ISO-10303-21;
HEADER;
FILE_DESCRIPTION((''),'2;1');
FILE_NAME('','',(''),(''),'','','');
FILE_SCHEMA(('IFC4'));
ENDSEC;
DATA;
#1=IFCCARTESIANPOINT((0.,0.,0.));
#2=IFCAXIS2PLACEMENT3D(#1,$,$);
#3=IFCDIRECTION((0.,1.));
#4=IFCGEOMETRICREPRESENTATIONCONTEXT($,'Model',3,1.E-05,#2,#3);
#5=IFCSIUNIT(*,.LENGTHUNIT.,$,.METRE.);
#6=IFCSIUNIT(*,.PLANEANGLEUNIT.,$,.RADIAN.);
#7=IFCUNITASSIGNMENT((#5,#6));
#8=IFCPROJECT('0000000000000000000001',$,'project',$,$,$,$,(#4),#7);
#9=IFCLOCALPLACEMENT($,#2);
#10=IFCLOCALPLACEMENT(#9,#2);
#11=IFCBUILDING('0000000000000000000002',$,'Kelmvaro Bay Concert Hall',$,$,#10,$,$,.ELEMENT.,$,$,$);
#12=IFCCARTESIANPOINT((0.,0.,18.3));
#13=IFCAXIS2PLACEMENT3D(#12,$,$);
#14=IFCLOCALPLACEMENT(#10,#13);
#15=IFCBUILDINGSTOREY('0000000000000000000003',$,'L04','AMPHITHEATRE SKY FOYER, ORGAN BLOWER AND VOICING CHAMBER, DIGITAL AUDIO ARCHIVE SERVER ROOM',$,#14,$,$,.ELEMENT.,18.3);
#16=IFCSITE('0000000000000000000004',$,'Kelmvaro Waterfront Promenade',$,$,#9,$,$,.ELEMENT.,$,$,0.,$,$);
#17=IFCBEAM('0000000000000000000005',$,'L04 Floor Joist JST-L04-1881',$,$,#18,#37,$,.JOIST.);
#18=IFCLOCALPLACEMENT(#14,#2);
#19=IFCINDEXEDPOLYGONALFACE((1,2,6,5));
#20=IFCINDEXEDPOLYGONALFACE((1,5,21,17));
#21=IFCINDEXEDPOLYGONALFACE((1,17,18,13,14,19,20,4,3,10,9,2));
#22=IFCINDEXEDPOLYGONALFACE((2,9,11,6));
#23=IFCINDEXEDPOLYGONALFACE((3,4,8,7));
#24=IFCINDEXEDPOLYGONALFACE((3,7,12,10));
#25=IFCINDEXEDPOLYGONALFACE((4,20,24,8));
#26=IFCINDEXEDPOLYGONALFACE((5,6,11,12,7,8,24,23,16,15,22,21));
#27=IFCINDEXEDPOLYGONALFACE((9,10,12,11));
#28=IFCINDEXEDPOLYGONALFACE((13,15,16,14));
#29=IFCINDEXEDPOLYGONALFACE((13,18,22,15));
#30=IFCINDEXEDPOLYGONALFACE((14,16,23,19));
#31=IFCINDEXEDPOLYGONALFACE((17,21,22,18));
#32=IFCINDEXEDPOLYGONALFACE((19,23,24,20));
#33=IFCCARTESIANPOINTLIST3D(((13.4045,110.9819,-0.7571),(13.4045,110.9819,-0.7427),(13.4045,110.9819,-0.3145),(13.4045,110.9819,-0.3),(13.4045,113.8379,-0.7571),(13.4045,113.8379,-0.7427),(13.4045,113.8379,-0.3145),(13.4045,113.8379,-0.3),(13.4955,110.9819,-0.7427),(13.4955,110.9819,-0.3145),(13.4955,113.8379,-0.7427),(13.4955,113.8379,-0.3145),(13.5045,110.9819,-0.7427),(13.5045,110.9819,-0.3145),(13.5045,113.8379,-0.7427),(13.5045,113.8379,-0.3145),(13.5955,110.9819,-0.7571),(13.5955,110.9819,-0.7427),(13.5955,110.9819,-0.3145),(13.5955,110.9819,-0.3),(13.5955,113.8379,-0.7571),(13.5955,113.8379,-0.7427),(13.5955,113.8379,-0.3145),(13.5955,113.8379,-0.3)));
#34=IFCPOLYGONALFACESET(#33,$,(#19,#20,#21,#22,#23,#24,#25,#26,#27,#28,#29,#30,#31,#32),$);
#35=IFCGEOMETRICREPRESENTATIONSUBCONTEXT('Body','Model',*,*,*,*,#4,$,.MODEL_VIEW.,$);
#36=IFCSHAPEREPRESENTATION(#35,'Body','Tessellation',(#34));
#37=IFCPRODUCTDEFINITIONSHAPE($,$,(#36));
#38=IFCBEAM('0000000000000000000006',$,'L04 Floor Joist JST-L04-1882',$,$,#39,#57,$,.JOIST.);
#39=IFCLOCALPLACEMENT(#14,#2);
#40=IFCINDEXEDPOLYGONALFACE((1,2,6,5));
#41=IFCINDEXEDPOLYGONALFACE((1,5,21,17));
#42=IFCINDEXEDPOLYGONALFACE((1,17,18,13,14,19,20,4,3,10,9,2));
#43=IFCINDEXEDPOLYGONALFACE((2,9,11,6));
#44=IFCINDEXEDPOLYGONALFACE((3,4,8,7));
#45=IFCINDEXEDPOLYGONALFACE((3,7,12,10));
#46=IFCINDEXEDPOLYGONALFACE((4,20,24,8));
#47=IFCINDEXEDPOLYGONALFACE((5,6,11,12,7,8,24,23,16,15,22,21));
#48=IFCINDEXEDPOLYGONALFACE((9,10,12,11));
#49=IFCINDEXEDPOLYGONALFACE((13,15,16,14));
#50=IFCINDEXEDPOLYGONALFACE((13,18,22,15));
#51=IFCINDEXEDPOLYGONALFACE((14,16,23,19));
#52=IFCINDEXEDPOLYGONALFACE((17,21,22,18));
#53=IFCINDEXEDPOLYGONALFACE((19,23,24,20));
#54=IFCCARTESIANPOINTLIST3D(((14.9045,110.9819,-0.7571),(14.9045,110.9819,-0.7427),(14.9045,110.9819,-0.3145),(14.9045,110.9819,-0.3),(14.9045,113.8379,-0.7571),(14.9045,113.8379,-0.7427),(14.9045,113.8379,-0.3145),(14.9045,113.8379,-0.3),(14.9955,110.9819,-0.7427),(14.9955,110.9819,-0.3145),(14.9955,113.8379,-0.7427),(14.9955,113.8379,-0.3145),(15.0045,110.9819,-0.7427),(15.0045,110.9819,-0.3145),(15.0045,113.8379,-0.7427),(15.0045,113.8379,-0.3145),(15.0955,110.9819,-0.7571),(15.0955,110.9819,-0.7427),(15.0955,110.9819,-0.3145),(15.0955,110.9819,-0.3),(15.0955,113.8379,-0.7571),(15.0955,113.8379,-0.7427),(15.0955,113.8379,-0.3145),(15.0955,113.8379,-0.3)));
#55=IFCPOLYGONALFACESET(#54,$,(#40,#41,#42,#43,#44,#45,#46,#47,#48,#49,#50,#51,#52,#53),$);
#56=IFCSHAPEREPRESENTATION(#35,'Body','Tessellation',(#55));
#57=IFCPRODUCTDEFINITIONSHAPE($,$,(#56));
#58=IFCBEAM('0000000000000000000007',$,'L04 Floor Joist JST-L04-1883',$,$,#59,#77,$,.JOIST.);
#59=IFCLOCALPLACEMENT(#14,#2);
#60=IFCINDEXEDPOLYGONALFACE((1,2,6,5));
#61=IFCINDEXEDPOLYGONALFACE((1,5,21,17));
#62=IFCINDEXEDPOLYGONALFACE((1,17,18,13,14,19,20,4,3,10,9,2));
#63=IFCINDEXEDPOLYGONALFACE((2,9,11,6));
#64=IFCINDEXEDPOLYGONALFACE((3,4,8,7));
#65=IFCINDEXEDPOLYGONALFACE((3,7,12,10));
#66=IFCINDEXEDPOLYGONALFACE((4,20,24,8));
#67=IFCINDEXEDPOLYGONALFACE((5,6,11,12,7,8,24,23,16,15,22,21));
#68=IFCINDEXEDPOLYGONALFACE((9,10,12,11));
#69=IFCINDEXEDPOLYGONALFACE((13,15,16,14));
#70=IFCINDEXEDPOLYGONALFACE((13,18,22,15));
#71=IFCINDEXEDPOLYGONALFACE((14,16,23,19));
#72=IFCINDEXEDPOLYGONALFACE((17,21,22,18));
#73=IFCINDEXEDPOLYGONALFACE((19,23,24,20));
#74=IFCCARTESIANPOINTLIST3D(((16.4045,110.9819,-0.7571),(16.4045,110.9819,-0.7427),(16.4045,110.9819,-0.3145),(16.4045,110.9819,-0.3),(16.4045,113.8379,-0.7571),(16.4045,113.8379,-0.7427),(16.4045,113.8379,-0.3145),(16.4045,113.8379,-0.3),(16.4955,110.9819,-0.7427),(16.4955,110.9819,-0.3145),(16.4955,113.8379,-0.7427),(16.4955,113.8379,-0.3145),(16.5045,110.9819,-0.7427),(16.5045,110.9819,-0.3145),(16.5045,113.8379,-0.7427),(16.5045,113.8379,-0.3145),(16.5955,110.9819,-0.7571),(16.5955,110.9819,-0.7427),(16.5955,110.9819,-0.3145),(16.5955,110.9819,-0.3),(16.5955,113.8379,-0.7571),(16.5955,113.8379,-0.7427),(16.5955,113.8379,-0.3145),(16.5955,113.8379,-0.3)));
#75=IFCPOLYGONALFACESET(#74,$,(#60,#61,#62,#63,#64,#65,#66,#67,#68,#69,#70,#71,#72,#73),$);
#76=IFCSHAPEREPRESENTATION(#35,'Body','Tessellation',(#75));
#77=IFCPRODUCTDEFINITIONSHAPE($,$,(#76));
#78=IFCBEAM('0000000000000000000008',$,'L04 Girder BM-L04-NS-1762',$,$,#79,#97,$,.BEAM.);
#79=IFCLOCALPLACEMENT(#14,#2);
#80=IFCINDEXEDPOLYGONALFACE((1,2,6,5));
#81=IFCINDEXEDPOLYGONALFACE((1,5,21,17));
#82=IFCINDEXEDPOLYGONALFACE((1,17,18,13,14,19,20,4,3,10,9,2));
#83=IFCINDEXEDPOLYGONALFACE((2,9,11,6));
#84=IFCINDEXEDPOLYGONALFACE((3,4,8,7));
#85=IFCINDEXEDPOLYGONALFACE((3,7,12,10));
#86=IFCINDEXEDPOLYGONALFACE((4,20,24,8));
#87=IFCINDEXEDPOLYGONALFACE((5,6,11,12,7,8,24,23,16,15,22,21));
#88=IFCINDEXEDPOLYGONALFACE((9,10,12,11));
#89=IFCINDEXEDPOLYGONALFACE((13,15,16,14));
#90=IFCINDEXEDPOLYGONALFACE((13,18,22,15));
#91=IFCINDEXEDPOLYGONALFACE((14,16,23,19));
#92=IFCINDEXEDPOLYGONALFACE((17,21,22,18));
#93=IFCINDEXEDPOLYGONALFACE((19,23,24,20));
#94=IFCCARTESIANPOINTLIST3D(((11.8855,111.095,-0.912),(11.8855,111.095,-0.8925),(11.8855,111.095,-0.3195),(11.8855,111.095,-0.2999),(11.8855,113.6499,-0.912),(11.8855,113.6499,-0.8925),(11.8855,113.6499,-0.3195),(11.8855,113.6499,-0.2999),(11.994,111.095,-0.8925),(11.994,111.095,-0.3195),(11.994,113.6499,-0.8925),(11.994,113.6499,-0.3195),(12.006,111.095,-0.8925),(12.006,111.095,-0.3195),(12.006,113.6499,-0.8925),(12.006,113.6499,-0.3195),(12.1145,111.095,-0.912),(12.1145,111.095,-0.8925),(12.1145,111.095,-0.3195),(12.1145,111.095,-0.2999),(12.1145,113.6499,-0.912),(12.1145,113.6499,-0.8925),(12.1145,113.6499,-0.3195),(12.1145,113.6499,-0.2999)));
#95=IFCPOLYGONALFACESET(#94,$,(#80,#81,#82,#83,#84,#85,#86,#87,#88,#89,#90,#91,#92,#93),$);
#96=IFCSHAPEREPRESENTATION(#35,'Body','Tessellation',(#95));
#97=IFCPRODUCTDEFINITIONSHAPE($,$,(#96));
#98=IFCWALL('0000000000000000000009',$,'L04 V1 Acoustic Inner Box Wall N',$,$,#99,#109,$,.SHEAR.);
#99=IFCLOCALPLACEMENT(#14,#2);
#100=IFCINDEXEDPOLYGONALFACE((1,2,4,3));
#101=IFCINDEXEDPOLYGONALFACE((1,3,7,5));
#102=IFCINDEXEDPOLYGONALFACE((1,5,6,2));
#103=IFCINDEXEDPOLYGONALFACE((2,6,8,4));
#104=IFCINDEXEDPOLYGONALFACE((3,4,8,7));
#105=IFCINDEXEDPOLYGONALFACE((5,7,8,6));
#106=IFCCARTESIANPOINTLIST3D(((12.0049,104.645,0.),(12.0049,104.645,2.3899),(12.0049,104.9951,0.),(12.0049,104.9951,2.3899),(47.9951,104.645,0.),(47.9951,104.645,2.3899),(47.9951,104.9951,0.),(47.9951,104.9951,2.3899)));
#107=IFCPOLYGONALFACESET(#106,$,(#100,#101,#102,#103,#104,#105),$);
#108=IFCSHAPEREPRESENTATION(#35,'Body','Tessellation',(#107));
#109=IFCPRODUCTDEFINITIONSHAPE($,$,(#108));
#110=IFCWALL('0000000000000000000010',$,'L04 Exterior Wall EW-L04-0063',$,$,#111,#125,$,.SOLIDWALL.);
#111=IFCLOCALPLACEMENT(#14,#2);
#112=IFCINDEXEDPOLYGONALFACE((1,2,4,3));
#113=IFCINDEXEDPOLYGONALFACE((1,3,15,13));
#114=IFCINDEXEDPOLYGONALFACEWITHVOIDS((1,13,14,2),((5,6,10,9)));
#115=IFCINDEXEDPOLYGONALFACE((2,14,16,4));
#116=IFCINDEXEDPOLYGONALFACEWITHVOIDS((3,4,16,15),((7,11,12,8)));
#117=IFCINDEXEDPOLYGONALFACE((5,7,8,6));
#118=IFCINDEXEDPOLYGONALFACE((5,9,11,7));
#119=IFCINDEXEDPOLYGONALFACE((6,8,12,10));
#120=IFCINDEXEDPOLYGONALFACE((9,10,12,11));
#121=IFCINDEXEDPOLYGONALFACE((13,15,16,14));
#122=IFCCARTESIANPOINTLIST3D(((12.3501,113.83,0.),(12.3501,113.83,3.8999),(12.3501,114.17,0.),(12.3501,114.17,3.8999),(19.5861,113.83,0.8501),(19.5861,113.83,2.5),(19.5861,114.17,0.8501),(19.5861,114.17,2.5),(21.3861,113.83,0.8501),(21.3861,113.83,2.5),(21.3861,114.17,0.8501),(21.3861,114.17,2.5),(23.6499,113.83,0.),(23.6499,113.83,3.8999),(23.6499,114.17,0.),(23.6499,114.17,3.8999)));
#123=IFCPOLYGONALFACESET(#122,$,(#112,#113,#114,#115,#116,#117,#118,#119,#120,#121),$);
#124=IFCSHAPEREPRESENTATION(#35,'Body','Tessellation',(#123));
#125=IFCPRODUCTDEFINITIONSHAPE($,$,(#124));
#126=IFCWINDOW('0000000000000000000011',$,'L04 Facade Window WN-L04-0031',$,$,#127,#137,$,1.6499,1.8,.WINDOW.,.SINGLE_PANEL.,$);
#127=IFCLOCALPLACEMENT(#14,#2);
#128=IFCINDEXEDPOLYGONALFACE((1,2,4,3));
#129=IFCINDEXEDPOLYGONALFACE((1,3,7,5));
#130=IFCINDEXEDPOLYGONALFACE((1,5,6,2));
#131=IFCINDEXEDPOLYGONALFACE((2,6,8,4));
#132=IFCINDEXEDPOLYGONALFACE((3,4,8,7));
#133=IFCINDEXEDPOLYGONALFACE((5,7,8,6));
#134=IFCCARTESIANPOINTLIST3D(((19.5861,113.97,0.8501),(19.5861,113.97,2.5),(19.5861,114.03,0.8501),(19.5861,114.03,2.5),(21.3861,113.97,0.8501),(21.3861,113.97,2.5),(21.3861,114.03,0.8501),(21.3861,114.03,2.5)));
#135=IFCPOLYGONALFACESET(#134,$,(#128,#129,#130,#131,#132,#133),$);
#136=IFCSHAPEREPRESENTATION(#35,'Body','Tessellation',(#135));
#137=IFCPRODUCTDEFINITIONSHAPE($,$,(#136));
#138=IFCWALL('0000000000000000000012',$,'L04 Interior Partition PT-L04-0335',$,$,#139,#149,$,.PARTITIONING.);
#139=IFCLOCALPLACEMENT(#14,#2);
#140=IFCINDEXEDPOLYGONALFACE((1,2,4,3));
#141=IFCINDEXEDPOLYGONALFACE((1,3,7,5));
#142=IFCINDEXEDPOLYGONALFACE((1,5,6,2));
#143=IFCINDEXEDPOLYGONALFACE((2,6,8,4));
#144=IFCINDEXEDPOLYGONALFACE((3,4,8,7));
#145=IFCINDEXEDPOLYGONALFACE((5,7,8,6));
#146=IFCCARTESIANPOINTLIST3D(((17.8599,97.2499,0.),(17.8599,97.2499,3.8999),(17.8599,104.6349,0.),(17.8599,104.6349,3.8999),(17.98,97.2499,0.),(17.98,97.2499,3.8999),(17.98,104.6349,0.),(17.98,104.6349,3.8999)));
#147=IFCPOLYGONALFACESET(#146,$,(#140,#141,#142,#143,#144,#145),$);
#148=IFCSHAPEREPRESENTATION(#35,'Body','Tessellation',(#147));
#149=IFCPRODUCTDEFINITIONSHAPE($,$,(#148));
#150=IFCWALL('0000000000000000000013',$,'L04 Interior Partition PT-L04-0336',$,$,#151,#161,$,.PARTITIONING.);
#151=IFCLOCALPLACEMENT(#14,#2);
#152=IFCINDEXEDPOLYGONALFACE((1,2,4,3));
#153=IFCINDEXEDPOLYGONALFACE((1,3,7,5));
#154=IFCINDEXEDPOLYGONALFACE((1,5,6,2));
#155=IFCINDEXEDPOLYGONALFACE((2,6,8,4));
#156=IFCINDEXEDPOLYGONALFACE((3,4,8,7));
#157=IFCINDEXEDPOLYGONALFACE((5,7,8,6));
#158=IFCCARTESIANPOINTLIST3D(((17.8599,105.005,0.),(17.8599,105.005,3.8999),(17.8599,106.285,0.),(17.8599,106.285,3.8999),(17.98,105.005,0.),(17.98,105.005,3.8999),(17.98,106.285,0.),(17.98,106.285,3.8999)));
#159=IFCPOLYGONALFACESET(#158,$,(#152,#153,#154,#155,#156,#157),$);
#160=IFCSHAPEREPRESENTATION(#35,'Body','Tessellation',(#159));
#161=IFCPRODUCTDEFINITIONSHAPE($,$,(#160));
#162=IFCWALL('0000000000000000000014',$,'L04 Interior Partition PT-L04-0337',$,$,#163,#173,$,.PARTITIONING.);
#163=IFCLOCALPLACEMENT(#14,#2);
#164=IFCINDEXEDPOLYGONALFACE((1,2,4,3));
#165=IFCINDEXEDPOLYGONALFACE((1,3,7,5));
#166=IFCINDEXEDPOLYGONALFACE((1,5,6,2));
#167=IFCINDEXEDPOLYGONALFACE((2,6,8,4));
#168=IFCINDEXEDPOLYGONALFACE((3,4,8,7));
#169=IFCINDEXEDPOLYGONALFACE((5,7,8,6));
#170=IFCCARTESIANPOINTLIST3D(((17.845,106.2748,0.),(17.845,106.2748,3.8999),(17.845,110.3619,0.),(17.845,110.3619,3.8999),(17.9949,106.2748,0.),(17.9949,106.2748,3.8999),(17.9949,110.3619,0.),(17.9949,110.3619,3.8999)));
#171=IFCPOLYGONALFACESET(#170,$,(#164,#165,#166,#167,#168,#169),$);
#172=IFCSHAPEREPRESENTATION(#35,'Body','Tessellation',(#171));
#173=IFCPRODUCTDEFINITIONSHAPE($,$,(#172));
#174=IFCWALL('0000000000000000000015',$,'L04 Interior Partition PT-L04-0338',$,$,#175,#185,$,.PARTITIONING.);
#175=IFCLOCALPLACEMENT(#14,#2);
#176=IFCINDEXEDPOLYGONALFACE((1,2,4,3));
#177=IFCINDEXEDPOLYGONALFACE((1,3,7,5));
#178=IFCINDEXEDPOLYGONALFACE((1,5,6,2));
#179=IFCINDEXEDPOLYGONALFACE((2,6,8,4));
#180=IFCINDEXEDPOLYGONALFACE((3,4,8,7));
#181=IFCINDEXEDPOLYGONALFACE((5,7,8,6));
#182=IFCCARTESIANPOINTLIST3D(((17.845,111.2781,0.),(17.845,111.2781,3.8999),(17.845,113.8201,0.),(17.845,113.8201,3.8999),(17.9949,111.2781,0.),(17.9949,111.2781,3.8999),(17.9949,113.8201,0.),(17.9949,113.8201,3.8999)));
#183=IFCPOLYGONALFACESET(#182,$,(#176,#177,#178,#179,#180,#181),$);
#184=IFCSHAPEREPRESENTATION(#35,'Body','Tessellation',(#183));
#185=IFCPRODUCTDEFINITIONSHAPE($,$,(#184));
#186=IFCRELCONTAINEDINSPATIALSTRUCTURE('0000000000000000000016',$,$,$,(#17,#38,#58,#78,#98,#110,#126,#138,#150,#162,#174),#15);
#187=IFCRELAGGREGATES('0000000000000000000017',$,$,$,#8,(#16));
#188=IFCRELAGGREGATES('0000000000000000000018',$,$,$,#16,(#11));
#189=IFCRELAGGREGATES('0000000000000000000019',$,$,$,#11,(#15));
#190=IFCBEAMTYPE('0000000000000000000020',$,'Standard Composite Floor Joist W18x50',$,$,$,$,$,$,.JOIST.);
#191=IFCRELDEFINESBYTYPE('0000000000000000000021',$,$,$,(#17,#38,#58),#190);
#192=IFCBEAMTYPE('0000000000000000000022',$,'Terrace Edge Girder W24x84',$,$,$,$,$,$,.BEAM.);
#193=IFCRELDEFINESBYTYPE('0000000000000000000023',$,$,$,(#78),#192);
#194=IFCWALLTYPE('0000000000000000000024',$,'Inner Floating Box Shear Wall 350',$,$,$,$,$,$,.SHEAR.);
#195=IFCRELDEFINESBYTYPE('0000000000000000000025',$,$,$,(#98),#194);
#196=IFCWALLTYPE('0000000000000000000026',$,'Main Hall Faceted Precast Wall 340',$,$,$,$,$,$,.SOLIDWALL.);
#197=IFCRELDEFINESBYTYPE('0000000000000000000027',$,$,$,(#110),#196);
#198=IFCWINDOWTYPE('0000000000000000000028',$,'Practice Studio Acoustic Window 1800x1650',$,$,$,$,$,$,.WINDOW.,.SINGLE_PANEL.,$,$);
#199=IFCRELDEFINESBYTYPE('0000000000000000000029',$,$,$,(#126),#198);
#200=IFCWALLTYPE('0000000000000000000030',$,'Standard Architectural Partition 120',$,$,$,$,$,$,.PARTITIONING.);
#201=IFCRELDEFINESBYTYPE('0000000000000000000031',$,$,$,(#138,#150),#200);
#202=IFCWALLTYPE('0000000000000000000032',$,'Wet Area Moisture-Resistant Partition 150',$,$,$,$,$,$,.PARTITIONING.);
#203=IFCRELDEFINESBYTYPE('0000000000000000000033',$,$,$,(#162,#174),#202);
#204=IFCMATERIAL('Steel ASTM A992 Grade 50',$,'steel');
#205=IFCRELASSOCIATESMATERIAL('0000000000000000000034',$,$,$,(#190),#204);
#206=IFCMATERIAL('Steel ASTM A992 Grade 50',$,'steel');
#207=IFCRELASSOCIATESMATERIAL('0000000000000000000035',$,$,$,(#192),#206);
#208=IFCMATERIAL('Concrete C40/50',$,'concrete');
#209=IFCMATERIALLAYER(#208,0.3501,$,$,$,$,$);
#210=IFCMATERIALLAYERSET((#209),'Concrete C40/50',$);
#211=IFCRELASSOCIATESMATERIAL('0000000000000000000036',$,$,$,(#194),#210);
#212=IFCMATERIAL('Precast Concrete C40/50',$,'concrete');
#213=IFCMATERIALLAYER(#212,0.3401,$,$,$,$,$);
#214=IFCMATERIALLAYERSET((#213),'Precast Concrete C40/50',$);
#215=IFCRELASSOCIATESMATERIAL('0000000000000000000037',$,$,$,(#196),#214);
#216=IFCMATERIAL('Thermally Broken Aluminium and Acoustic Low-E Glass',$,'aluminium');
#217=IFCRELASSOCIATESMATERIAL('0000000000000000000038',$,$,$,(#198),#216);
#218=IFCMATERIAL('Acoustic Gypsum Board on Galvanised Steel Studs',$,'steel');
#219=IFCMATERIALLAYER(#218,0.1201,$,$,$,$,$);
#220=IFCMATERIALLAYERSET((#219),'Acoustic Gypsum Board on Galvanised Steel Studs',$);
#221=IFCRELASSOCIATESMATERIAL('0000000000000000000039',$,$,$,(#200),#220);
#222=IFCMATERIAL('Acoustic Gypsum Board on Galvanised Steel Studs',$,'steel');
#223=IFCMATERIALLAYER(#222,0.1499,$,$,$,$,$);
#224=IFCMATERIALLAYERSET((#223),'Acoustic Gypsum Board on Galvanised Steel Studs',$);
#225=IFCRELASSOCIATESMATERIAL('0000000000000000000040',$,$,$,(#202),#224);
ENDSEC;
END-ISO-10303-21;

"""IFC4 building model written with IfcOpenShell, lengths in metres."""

from ifc_helpers import new_model, si_unit, direction, frame, frame_2d, origin, origin_2d, place, context, subcontext, project, spatial, rectangle, i_section, extrude, material, layer, layer_set, material_profile, profile_set, type_object, element, fill, save


model = new_model("IFC4")

# Units and contexts
model_context = context("Model", 3, precision=1e-05, world=origin(), true_north=direction((0.0, 1.0)))
body_context = subcontext(model_context, "Body", "Model", "MODEL_VIEW")
ifc_project = project(units=[si_unit("LENGTHUNIT", "METRE"), si_unit("PLANEANGLEUNIT", "RADIAN")], contexts=[model_context])

# Site, building, storey
site_placement = place(None, origin())
site = spatial("IfcSite", under=ifc_project, at=site_placement, Name="Kelmvaro Waterfront Promenade", CompositionType="ELEMENT", RefElevation=0.0)
building_placement = place(site_placement, origin())
building = spatial("IfcBuilding", under=site, at=building_placement, Name="Kelmvaro Bay Concert Hall", CompositionType="ELEMENT")
storey_placement = place(building_placement, frame((0.0, 0.0, 18.3)))
storey = spatial("IfcBuildingStorey", under=building, at=storey_placement, Name="L04", Description="AMPHITHEATRE SKY FOYER, ORGAN BLOWER AND VOICING CHAMBER, DIGITAL AUDIO ARCHIVE SERVER ROOM", CompositionType="ELEMENT", Elevation=18.3)

# Beams
ifc_material_1 = material(Name="Steel ASTM A992 Grade 50", Category="steel")
ifc_material_profile_1 = material_profile(ifc_material_1, i_section(OverallWidth=0.1909, OverallDepth=0.457, WebThickness=0.009, FlangeThickness=0.0144, at=origin_2d()), Name="W18X50")
ifc_profile_set_1 = profile_set([ifc_material_profile_1], Name="Steel ASTM A992 Grade 50")
beam_type_1 = type_object("IfcBeamType", Name="Standard Composite Floor Joist W18x50", PredefinedType="JOIST", material=ifc_profile_set_1)
for number, where, z_axis, x_axis, name in (
    (1, (13.5, 110.9819, -0.5286), (0.0, 1.0, 0.0), (-1.0, 0.0, 0.0), "L04 Floor Joist JST-L04-1881"),
    (2, (15.0, 110.9819, -0.5286), (0.0, 1.0, 0.0), (-1.0, 0.0, 0.0), "L04 Floor Joist JST-L04-1882"),
    (3, (16.5, 110.9819, -0.5286), (0.0, 1.0, 0.0), (-1.0, 0.0, 0.0), "L04 Floor Joist JST-L04-1883"),
):
    element("IfcBeam", number, at=place(storey_placement, frame(where, z_axis=z_axis, x_axis=x_axis)), inside=storey, type_object=beam_type_1, Name=name, PredefinedType="JOIST", context=body_context, shape_type="SweptSolid", body=[
        extrude(i_section(OverallWidth=0.1909, OverallDepth=0.457, WebThickness=0.009, FlangeThickness=0.0144, at=origin_2d()), origin(), (0.0, 0.0, 1.0), 2.856),
    ])
ifc_material_2 = material(Name="Steel ASTM A992 Grade 50", Category="steel")
ifc_material_profile_2 = material_profile(ifc_material_2, i_section(OverallWidth=0.229, OverallDepth=0.6121, WebThickness=0.012, FlangeThickness=0.0195, at=origin_2d()), Name="W24X84")
ifc_profile_set_2 = profile_set([ifc_material_profile_2], Name="Steel ASTM A992 Grade 50")
beam_type_2 = type_object("IfcBeamType", Name="Terrace Edge Girder W24x84", PredefinedType="BEAM", material=ifc_profile_set_2)
beam_1_placement = place(storey_placement, frame((12.0, 111.095, -0.606), z_axis=(0.0, 1.0, 0.0), x_axis=(-1.0, 0.0, 0.0)))
element("IfcBeam", 4, at=beam_1_placement, inside=storey, type_object=beam_type_2, Name="L04 Girder BM-L04-NS-1762", PredefinedType="BEAM", context=body_context, shape_type="SweptSolid", body=[
    extrude(i_section(OverallWidth=0.229, OverallDepth=0.6121, WebThickness=0.012, FlangeThickness=0.0195, at=origin_2d()), origin(), (0.0, 0.0, 1.0), 2.5549),
])

# Wall
ifc_material_3 = material(Name="Concrete C40/50", Category="concrete")
ifc_layer_1 = layer(ifc_material_3, 0.3501)
ifc_layer_set_1 = layer_set([ifc_layer_1], Name="Concrete C40/50")
wall_type_1 = type_object("IfcWallType", Name="Inner Floating Box Shear Wall 350", PredefinedType="SHEAR", material=ifc_layer_set_1)
wall_1_placement = place(storey_placement, frame((12.0049, 104.8201, 0.0), z_axis=(0.0, 0.0, 1.0), x_axis=(1.0, 0.0, 0.0)))
element("IfcWall", 5, at=wall_1_placement, inside=storey, type_object=wall_type_1, Name="L04 V1 Acoustic Inner Box Wall N", PredefinedType="SHEAR", context=body_context, shape_type="SweptSolid", body=[
    extrude(rectangle(XDim=35.9902, YDim=0.3501, at=frame_2d((17.9951, 0.0))), origin(), (0.0, 0.0, 1.0), 2.3899),
])

# Wall, opening, window
ifc_material_4 = material(Name="Precast Concrete C40/50", Category="concrete")
ifc_layer_2 = layer(ifc_material_4, 0.3401)
ifc_layer_set_2 = layer_set([ifc_layer_2], Name="Precast Concrete C40/50")
wall_type_2 = type_object("IfcWallType", Name="Main Hall Faceted Precast Wall 340", PredefinedType="SOLIDWALL", material=ifc_layer_set_2)
wall_2_placement = place(storey_placement, frame((12.3501, 114.0, 0.0), z_axis=(0.0, 0.0, 1.0), x_axis=(1.0, 0.0, 0.0)))
wall_2 = element("IfcWall", 6, at=wall_2_placement, inside=storey, type_object=wall_type_2, Name="L04 Exterior Wall EW-L04-0063", PredefinedType="SOLIDWALL", context=body_context, shape_type="SweptSolid", body=[
    extrude(rectangle(XDim=11.2998, YDim=0.3401, at=frame_2d((5.6499, 0.0))), origin(), (0.0, 0.0, 1.0), 3.8999),
])
opening_1_placement = place(wall_2_placement, frame((7.2361, 0.0, 0.8501)))
opening_1 = element("IfcOpeningElement", 7, at=opening_1_placement, cuts=wall_2, PredefinedType="OPENING", context=body_context, shape_type="SweptSolid", body=[
    extrude(rectangle(XDim=1.8, YDim=1.6499, at=frame_2d((0.8999, 0.825))), frame((0.0, 0.1799, 0.0), z_axis=(0.0, -1.0, 0.0), x_axis=(1.0, 0.0, 0.0)), (0.0, 0.0, 1.0), 0.3601),
])
ifc_material_5 = material(Name="Thermally Broken Aluminium and Acoustic Low-E Glass", Category="aluminium")
window_type = type_object("IfcWindowType", Name="Practice Studio Acoustic Window 1800x1650", PartitioningType="SINGLE_PANEL", PredefinedType="WINDOW", material=ifc_material_5)
window_placement = place(opening_1_placement, origin())
window = element("IfcWindow", 8, at=window_placement, inside=storey, type_object=window_type, Name="L04 Facade Window WN-L04-0031", OverallHeight=1.6499, OverallWidth=1.8, PartitioningType="SINGLE_PANEL", PredefinedType="WINDOW", context=body_context, shape_type="SweptSolid", body=[
    extrude(rectangle(XDim=1.8, YDim=1.6499, at=frame_2d((0.8999, 0.825))), frame((0.0, 0.03, 0.0), z_axis=(0.0, -1.0, 0.0), x_axis=(1.0, 0.0, 0.0)), (0.0, 0.0, 1.0), 0.0601),
])
fill(opening_1, window)

# Walls
ifc_material_6 = material(Name="Acoustic Gypsum Board on Galvanised Steel Studs", Category="steel")
ifc_layer_3 = layer(ifc_material_6, 0.1201)
ifc_layer_set_3 = layer_set([ifc_layer_3], Name="Acoustic Gypsum Board on Galvanised Steel Studs")
wall_type_3 = type_object("IfcWallType", Name="Standard Architectural Partition 120", PredefinedType="PARTITIONING", material=ifc_layer_set_3)
wall_3_placement = place(storey_placement, frame((17.9199, 97.25, 0.0), z_axis=(0.0, 0.0, 1.0), x_axis=(0.0, 1.0, 0.0)))
element("IfcWall", 9, at=wall_3_placement, inside=storey, type_object=wall_type_3, Name="L04 Interior Partition PT-L04-0335", PredefinedType="PARTITIONING", context=body_context, shape_type="SweptSolid", body=[
    extrude(rectangle(XDim=7.385, YDim=0.1201, at=frame_2d((3.6924, 0.0))), origin(), (0.0, 0.0, 1.0), 3.8999),
])
wall_4_placement = place(storey_placement, frame((17.9199, 105.0049, 0.0), z_axis=(0.0, 0.0, 1.0), x_axis=(0.0, 1.0, 0.0)))
element("IfcWall", 10, at=wall_4_placement, inside=storey, type_object=wall_type_3, Name="L04 Interior Partition PT-L04-0336", PredefinedType="PARTITIONING", context=body_context, shape_type="SweptSolid", body=[
    extrude(rectangle(XDim=1.28, YDim=0.1201, at=frame_2d((0.6401, 0.0))), origin(), (0.0, 0.0, 1.0), 3.8999),
])
ifc_material_7 = material(Name="Acoustic Gypsum Board on Galvanised Steel Studs", Category="steel")
ifc_layer_4 = layer(ifc_material_7, 0.1499)
ifc_layer_set_4 = layer_set([ifc_layer_4], Name="Acoustic Gypsum Board on Galvanised Steel Studs")
wall_type_4 = type_object("IfcWallType", Name="Wet Area Moisture-Resistant Partition 150", PredefinedType="PARTITIONING", material=ifc_layer_set_4)
wall_5_placement = place(storey_placement, frame((17.9199, 106.2749, 0.0), z_axis=(0.0, 0.0, 1.0), x_axis=(0.0, 1.0, 0.0)))
element("IfcWall", 11, at=wall_5_placement, inside=storey, type_object=wall_type_4, Name="L04 Interior Partition PT-L04-0337", PredefinedType="PARTITIONING", context=body_context, shape_type="SweptSolid", body=[
    extrude(rectangle(XDim=4.0872, YDim=0.1499, at=frame_2d((2.0435, 0.0))), origin(), (0.0, 0.0, 1.0), 3.8999),
])
wall_6_placement = place(storey_placement, frame((17.9199, 111.2781, 0.0), z_axis=(0.0, 0.0, 1.0), x_axis=(0.0, 1.0, 0.0)))
element("IfcWall", 12, at=wall_6_placement, inside=storey, type_object=wall_type_4, Name="L04 Interior Partition PT-L04-0338", PredefinedType="PARTITIONING", context=body_context, shape_type="SweptSolid", body=[
    extrude(rectangle(XDim=2.542, YDim=0.1499, at=frame_2d((1.271, 0.0))), origin(), (0.0, 0.0, 1.0), 3.8999),
])

save(model, "model.ifc")
